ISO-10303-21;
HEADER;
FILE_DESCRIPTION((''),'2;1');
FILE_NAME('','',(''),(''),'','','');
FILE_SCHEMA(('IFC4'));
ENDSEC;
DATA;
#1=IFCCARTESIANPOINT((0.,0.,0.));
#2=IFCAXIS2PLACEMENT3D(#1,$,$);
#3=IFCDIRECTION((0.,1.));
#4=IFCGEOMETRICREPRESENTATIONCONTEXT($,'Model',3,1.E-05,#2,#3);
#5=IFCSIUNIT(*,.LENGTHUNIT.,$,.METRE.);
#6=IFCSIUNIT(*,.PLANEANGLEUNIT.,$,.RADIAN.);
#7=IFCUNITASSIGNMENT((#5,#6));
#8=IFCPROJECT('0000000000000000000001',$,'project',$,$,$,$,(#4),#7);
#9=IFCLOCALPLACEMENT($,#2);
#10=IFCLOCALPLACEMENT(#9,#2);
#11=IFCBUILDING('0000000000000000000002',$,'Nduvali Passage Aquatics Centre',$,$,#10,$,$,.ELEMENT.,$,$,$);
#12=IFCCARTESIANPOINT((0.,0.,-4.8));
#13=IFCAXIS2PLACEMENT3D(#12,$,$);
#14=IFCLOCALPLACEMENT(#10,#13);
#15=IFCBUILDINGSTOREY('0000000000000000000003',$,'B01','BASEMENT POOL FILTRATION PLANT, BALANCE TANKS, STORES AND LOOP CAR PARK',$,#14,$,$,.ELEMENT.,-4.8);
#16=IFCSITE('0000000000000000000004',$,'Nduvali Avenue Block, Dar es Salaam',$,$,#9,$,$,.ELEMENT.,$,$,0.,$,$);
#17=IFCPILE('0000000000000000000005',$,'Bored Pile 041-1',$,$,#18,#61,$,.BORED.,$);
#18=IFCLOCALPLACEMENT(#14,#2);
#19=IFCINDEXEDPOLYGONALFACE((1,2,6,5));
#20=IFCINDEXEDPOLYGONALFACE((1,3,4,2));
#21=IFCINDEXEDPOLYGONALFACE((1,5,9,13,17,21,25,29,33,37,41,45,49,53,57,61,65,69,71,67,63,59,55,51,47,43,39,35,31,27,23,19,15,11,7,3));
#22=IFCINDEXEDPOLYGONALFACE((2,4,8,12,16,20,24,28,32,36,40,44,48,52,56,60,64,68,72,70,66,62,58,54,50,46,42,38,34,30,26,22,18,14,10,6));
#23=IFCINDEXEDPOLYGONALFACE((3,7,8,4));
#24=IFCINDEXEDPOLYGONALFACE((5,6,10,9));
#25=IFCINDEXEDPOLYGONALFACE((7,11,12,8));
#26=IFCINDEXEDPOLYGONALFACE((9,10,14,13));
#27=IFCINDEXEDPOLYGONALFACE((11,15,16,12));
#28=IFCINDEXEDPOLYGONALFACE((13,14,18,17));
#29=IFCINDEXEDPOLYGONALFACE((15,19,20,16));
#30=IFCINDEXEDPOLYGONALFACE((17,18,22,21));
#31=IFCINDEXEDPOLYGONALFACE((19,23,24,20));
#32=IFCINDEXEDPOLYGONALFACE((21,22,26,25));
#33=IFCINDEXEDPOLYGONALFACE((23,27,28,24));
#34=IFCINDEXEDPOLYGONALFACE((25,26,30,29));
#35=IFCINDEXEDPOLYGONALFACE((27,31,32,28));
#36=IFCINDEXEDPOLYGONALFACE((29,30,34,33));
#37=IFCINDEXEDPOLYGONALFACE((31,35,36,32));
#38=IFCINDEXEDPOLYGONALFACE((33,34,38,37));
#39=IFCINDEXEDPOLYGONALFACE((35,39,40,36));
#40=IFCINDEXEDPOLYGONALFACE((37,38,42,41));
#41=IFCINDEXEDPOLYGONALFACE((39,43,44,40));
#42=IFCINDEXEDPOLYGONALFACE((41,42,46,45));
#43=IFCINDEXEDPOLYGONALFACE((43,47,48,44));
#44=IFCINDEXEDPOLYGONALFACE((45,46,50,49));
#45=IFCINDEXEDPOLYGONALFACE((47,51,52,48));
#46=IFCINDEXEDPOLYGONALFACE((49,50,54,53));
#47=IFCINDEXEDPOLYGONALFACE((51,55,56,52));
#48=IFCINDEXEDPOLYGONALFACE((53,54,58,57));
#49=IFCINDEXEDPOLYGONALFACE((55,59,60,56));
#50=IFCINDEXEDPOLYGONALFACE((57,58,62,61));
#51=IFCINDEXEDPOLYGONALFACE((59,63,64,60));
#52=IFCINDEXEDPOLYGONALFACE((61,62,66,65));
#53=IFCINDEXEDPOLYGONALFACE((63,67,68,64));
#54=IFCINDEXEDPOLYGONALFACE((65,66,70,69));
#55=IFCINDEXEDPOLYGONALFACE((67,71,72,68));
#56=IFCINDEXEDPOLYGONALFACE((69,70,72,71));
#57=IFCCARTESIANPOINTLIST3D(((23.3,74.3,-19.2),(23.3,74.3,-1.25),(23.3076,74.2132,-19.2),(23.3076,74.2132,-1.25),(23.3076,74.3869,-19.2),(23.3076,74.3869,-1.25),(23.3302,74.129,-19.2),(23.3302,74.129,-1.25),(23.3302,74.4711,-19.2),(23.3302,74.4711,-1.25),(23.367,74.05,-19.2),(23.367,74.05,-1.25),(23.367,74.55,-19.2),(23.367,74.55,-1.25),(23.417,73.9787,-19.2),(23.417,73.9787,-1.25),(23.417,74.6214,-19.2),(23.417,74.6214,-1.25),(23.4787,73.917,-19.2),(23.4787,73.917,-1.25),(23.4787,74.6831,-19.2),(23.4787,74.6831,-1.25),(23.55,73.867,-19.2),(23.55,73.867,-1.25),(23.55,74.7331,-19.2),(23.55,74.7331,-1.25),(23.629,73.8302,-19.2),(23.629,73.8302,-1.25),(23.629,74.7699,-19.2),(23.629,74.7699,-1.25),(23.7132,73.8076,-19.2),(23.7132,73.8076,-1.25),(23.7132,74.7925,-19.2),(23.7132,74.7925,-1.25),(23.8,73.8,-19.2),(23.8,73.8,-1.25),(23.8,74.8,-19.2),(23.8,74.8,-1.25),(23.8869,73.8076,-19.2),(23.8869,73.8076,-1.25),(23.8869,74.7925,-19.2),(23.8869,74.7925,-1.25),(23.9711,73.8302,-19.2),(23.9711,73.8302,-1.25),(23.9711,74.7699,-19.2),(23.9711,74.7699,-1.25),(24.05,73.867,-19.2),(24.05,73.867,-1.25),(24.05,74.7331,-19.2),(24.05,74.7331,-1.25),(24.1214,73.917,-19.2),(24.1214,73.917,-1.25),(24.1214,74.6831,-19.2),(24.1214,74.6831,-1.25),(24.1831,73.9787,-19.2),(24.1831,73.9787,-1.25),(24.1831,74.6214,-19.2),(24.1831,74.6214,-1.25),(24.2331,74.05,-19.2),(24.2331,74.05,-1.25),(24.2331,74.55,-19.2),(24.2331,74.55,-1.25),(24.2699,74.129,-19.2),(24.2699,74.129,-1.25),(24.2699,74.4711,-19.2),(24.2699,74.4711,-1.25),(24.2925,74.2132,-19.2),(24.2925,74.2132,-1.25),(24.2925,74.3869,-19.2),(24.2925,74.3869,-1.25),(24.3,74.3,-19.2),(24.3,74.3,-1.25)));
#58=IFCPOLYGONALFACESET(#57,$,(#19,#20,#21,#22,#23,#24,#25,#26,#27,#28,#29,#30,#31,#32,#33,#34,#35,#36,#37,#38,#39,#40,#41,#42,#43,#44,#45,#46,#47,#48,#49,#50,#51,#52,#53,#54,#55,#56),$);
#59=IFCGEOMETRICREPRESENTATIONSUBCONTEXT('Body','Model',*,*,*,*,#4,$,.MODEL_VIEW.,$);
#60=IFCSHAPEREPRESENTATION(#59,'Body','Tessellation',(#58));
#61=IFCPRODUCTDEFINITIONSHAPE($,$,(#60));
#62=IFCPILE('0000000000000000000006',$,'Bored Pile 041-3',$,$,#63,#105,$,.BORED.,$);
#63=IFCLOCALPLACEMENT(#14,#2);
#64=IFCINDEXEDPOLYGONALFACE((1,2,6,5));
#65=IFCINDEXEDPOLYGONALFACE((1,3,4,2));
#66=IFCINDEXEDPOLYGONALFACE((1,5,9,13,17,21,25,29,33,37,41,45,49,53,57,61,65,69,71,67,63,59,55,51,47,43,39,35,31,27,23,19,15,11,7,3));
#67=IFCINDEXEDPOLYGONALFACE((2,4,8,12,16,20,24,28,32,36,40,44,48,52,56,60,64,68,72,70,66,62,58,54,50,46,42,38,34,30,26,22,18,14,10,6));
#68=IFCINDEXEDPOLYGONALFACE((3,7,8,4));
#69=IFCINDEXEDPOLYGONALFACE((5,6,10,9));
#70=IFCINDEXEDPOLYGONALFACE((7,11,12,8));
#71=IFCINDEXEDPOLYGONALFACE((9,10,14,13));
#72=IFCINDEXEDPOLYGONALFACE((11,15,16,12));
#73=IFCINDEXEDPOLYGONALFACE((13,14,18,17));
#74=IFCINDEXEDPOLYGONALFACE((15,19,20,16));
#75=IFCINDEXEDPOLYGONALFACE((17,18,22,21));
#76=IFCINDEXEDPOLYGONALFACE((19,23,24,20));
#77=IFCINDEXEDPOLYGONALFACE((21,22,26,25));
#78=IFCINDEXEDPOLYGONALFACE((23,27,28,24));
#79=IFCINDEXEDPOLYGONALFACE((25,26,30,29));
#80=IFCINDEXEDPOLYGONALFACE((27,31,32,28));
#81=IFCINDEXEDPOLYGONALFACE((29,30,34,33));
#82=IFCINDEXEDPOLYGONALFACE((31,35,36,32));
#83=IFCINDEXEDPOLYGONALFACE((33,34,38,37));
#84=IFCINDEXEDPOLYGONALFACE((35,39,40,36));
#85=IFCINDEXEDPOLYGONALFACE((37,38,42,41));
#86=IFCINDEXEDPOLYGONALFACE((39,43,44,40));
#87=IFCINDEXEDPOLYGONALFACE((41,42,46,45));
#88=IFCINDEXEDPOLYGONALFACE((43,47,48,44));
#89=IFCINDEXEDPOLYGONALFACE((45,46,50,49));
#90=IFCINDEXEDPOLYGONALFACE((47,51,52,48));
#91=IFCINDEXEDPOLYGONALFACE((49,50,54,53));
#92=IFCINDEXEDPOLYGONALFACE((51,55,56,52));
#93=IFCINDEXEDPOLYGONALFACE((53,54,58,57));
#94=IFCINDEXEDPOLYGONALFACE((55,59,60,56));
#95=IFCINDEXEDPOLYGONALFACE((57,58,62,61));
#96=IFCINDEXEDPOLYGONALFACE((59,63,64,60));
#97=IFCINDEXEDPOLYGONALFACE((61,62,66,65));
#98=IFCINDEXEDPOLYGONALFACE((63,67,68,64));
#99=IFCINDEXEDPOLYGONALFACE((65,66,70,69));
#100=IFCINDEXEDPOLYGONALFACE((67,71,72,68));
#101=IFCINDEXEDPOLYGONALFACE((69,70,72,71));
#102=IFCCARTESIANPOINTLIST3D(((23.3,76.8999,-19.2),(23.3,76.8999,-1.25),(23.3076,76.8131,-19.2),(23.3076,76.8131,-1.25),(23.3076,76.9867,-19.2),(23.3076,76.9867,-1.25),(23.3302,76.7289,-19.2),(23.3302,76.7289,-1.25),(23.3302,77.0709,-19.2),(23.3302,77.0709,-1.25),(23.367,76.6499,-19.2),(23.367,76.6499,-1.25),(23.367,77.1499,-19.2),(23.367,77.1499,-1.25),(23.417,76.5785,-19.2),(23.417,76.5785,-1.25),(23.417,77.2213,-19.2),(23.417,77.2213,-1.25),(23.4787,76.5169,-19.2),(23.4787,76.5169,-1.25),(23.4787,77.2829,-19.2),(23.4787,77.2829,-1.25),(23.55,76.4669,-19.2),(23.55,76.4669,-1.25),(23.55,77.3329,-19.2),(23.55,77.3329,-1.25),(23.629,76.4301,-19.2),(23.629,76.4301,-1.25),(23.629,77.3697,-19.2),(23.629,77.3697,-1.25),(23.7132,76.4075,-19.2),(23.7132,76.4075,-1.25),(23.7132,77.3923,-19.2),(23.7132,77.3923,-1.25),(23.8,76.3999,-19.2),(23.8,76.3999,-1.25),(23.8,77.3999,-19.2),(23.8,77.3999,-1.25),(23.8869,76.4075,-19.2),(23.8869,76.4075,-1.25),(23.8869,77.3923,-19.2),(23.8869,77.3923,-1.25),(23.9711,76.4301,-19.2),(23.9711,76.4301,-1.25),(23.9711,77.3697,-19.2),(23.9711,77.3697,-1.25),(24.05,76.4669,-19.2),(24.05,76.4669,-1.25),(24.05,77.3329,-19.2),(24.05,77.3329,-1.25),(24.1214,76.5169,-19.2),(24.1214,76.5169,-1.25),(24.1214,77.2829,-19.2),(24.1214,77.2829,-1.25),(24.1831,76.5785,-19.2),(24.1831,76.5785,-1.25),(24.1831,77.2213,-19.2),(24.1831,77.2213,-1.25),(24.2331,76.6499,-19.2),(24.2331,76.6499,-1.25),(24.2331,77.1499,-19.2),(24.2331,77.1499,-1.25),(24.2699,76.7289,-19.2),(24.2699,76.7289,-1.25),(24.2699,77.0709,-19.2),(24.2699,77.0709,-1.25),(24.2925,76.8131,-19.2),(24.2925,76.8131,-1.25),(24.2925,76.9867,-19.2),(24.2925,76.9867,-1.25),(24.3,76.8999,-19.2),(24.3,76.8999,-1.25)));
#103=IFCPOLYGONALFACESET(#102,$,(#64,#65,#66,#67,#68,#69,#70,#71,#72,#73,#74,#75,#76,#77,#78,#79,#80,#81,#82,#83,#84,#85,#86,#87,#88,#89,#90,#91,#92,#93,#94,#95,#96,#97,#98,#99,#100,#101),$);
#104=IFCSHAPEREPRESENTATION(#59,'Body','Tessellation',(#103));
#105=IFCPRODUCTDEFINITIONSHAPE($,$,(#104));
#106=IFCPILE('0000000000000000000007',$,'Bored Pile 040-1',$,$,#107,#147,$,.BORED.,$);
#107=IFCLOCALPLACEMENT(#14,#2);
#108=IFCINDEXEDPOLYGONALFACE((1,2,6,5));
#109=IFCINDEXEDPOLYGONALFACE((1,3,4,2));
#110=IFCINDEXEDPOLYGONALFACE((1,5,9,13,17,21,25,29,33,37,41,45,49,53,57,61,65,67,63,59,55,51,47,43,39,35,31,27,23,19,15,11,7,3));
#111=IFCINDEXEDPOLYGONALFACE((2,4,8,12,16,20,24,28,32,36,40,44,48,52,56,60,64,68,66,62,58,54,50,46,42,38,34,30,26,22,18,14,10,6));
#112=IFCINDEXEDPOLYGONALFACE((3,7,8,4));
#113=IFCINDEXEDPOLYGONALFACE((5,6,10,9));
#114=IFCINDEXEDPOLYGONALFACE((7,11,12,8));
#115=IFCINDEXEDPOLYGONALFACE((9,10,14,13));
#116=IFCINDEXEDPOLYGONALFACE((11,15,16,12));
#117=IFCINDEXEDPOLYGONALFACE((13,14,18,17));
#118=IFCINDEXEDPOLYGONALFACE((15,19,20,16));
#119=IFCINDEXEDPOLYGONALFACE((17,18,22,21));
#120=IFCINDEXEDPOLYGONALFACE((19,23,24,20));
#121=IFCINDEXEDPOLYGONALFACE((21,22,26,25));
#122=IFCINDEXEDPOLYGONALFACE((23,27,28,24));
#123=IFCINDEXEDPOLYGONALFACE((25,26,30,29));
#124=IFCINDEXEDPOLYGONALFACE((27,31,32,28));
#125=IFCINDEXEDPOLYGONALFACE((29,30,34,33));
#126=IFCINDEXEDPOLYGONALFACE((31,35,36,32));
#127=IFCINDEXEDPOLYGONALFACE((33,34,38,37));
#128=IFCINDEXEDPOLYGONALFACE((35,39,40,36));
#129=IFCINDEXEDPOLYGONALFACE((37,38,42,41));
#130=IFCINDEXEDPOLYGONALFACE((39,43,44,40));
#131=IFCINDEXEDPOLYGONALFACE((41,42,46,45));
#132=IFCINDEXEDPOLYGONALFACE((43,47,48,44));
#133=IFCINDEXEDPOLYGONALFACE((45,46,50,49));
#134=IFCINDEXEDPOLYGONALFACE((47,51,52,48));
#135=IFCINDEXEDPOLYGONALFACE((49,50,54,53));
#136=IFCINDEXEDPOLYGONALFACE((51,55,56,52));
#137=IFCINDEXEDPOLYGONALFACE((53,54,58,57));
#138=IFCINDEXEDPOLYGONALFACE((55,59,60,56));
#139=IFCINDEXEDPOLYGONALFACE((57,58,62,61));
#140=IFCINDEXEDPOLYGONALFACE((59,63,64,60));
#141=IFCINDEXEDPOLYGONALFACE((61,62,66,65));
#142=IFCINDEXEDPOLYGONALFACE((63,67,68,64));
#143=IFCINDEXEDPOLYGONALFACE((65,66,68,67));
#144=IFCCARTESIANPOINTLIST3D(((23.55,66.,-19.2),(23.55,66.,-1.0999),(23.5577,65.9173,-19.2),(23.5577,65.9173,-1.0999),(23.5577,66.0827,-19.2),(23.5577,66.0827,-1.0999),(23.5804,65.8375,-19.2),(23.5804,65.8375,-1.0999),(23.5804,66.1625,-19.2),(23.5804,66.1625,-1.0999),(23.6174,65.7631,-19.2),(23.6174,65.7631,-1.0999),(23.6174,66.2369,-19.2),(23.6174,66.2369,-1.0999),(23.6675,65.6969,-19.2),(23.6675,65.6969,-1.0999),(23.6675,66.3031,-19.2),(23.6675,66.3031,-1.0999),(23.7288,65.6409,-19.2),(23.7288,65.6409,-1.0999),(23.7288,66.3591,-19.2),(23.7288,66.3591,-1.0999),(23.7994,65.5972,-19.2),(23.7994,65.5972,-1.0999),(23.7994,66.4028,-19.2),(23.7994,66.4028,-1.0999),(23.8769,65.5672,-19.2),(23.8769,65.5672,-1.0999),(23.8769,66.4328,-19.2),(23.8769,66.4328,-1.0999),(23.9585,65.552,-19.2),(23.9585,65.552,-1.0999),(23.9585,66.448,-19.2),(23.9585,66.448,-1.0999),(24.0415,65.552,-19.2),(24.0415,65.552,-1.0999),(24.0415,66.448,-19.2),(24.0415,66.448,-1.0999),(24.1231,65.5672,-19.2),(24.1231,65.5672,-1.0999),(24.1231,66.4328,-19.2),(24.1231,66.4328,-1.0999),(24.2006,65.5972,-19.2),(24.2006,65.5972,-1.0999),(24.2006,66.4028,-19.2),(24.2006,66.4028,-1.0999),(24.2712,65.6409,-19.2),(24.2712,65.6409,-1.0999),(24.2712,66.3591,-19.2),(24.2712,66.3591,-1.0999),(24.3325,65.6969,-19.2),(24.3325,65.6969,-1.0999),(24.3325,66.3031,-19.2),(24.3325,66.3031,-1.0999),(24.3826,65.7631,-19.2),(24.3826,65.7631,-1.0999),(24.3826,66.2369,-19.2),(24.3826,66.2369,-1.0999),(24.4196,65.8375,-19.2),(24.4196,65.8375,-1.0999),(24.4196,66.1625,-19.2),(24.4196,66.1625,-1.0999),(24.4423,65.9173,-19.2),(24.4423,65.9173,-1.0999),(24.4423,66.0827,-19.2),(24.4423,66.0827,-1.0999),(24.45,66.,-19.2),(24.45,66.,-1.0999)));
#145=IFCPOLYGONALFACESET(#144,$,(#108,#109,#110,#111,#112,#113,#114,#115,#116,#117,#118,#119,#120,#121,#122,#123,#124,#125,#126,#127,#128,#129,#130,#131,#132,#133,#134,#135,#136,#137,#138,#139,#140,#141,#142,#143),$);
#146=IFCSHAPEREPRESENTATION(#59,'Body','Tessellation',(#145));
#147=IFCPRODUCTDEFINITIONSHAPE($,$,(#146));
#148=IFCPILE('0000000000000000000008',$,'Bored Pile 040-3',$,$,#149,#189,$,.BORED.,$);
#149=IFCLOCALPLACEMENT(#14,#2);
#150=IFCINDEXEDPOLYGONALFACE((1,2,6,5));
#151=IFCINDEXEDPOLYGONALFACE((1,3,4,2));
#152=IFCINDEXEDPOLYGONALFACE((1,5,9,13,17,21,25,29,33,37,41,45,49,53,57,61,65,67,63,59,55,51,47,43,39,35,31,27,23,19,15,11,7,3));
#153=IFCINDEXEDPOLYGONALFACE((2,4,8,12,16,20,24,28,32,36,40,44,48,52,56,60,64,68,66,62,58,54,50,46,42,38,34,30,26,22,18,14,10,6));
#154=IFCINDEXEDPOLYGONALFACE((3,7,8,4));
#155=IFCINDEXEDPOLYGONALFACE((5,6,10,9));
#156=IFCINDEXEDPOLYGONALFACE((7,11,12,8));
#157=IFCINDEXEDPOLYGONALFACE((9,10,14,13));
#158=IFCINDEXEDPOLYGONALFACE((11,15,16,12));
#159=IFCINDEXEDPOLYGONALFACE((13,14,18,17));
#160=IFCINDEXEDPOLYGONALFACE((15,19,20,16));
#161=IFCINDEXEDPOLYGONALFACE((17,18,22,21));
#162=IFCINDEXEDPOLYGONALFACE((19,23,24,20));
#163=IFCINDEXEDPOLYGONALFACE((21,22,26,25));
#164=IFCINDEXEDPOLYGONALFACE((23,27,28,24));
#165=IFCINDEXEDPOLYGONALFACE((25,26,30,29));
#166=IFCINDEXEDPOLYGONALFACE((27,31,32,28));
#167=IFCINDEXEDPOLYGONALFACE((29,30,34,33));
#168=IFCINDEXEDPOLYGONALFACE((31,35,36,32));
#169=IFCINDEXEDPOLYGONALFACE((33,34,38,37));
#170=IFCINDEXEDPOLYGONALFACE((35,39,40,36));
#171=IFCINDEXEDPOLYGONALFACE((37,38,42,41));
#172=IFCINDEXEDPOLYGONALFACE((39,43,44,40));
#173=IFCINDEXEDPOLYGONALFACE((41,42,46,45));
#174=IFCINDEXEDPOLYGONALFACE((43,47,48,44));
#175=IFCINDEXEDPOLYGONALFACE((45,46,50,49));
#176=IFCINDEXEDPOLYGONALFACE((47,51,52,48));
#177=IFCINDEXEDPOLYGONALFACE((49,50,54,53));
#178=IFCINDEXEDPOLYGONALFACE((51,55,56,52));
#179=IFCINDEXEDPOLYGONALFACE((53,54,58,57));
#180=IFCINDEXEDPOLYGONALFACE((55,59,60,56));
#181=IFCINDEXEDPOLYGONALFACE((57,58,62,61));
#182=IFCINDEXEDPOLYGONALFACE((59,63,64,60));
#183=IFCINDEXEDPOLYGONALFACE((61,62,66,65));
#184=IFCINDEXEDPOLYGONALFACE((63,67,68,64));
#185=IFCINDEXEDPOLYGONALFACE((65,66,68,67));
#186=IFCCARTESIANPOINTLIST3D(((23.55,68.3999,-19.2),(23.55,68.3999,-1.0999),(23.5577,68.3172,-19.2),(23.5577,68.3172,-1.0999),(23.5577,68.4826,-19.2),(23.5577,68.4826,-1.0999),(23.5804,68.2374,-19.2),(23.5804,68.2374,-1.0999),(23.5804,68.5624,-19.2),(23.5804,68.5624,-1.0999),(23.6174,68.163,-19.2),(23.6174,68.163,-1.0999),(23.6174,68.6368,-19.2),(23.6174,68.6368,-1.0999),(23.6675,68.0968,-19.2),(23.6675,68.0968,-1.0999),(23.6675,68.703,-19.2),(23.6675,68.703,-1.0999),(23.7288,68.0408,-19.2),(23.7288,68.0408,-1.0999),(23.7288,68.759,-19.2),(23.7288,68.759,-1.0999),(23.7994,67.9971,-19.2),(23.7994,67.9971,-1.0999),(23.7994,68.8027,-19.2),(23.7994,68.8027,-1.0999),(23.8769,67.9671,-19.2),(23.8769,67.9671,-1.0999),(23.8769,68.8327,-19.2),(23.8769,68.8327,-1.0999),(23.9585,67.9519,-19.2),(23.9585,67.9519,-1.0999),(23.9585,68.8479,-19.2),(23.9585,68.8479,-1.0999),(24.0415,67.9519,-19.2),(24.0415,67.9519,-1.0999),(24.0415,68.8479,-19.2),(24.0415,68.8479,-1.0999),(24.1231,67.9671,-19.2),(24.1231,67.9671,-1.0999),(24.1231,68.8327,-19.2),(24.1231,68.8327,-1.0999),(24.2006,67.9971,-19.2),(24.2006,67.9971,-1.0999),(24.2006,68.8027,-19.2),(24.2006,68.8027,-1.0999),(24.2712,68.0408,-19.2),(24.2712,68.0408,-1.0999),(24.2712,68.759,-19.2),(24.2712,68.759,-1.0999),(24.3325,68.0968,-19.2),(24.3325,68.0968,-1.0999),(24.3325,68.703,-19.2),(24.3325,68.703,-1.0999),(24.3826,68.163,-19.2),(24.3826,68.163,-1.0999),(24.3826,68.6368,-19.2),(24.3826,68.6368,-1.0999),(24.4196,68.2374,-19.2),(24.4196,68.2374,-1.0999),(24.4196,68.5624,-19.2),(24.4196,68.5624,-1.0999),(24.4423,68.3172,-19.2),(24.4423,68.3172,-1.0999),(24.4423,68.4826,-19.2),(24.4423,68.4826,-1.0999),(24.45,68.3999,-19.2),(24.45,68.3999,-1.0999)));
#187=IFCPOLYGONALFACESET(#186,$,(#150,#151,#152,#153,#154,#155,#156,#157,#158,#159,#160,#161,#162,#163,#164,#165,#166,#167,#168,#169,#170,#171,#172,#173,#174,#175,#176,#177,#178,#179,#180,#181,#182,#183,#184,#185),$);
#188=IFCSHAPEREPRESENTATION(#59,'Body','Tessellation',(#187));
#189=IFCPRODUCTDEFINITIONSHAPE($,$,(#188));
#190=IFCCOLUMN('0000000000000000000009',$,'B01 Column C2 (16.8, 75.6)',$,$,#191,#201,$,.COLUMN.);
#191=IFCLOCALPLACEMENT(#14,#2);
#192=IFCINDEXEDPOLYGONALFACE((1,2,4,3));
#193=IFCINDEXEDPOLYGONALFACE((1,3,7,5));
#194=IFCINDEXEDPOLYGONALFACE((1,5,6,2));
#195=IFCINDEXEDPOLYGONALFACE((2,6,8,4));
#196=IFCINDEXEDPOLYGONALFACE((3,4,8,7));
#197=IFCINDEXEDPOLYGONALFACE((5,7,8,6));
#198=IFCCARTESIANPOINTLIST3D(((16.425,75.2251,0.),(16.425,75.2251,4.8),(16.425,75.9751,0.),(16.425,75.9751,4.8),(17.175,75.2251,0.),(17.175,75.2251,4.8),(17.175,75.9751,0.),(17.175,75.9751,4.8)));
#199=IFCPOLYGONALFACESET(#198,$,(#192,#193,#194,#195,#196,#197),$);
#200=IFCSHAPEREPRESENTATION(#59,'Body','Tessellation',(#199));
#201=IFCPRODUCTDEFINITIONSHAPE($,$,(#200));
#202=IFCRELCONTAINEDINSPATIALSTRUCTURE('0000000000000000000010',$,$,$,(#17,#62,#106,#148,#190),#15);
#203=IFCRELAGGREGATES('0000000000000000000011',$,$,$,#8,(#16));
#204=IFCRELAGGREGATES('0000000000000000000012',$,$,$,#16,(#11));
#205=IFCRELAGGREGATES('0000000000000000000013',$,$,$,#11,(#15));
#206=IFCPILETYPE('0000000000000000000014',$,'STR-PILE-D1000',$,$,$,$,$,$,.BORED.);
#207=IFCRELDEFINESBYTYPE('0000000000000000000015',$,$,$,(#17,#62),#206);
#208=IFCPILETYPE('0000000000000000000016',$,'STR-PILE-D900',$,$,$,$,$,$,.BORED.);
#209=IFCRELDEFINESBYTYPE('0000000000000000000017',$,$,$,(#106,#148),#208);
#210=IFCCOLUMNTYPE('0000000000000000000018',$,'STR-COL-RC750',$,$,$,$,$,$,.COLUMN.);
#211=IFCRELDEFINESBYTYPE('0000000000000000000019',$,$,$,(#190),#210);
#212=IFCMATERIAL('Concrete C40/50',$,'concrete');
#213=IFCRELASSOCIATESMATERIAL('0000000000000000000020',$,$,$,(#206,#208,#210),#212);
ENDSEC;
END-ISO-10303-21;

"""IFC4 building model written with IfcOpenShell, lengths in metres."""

from ifc_helpers import new_model, si_unit, direction, frame, origin, origin_2d, place, context, subcontext, project, spatial, rectangle, circle, extrude, material, material_profile, profile_set, type_object, element, save


model = new_model("IFC4")

# Units and contexts
model_context = context("Model", 3, precision=1e-05, world=origin(), true_north=direction((0.0, 1.0)))
body_context = subcontext(model_context, "Body", "Model", "MODEL_VIEW")
ifc_project = project(units=[si_unit("LENGTHUNIT", "METRE"), si_unit("PLANEANGLEUNIT", "RADIAN")], contexts=[model_context])

# Site, building, storey
site_placement = place(None, origin())
site = spatial("IfcSite", under=ifc_project, at=site_placement, Name="Nduvali Avenue Block, Dar es Salaam", CompositionType="ELEMENT", RefElevation=0.0)
building_placement = place(site_placement, origin())
building = spatial("IfcBuilding", under=site, at=building_placement, Name="Nduvali Passage Aquatics Centre", CompositionType="ELEMENT")
storey_placement = place(building_placement, frame((0.0, 0.0, -4.8)))
storey = spatial("IfcBuildingStorey", under=building, at=storey_placement, Name="B01", Description="BASEMENT POOL FILTRATION PLANT, BALANCE TANKS, STORES AND LOOP CAR PARK", CompositionType="ELEMENT", Elevation=-4.8)

# Shared definitions
ifc_material_1 = material(Name="Concrete C40/50", Category="concrete")

# Piles
ifc_material_profile_1 = material_profile(ifc_material_1, circle(Radius=0.5, at=origin_2d()), Name="PILE D1000")
ifc_profile_set_1 = profile_set([ifc_material_profile_1], Name="Concrete C40/50")
pile_type_1 = type_object("IfcPileType", Name="STR-PILE-D1000", PredefinedType="BORED", material=ifc_profile_set_1)
for number, where, z_axis, x_axis, name in (
    (1, (23.8, 74.3, -1.25), (0.0, 0.0, -1.0), (1.0, 0.0, 0.0), "Bored Pile 041-1"),
    (2, (23.8, 76.8999, -1.25), (0.0, 0.0, -1.0), (1.0, 0.0, 0.0), "Bored Pile 041-3"),
):
    element("IfcPile", number, at=place(storey_placement, frame(where, z_axis=z_axis, x_axis=x_axis)), inside=storey, type_object=pile_type_1, Name=name, PredefinedType="BORED", context=body_context, shape_type="SweptSolid", body=[
        extrude(circle(Radius=0.5, at=origin_2d()), origin(), (0.0, 0.0, 1.0), 17.95),
    ])
ifc_material_profile_2 = material_profile(ifc_material_1, circle(Radius=0.45, at=origin_2d()), Name="PILE D900")
ifc_profile_set_2 = profile_set([ifc_material_profile_2], Name="Concrete C40/50")
pile_type_2 = type_object("IfcPileType", Name="STR-PILE-D900", PredefinedType="BORED", material=ifc_profile_set_2)
for number, where, z_axis, x_axis, name in (
    (3, (24.0, 66.0, -1.0999), (0.0, 0.0, -1.0), (1.0, 0.0, 0.0), "Bored Pile 040-1"),
    (4, (24.0, 68.3999, -1.0999), (0.0, 0.0, -1.0), (1.0, 0.0, 0.0), "Bored Pile 040-3"),
):
    element("IfcPile", number, at=place(storey_placement, frame(where, z_axis=z_axis, x_axis=x_axis)), inside=storey, type_object=pile_type_2, Name=name, PredefinedType="BORED", context=body_context, shape_type="SweptSolid", body=[
        extrude(circle(Radius=0.45, at=origin_2d()), origin(), (0.0, 0.0, 1.0), 18.1001),
    ])

# Column
ifc_material_profile_3 = material_profile(ifc_material_1, rectangle(XDim=0.75, YDim=0.75, at=origin_2d()), Name="RC 750x750")
ifc_profile_set_3 = profile_set([ifc_material_profile_3], Name="Concrete C40/50")
column_type = type_object("IfcColumnType", Name="STR-COL-RC750", PredefinedType="COLUMN", material=ifc_profile_set_3)
for number, where, z_axis, x_axis, name in (
    (5, (16.8, 75.6001, 0.0), (0.0, 0.0, 1.0), (1.0, 0.0, 0.0), "B01 Column C2 (16.8, 75.6)"),
):
    element("IfcColumn", number, at=place(storey_placement, frame(where, z_axis=z_axis, x_axis=x_axis)), inside=storey, type_object=column_type, Name=name, PredefinedType="COLUMN", context=body_context, shape_type="SweptSolid", body=[
        extrude(rectangle(XDim=0.75, YDim=0.75, at=origin_2d()), origin(), (0.0, 0.0, 1.0), 4.8),
    ])

save(model, "model.ifc")
